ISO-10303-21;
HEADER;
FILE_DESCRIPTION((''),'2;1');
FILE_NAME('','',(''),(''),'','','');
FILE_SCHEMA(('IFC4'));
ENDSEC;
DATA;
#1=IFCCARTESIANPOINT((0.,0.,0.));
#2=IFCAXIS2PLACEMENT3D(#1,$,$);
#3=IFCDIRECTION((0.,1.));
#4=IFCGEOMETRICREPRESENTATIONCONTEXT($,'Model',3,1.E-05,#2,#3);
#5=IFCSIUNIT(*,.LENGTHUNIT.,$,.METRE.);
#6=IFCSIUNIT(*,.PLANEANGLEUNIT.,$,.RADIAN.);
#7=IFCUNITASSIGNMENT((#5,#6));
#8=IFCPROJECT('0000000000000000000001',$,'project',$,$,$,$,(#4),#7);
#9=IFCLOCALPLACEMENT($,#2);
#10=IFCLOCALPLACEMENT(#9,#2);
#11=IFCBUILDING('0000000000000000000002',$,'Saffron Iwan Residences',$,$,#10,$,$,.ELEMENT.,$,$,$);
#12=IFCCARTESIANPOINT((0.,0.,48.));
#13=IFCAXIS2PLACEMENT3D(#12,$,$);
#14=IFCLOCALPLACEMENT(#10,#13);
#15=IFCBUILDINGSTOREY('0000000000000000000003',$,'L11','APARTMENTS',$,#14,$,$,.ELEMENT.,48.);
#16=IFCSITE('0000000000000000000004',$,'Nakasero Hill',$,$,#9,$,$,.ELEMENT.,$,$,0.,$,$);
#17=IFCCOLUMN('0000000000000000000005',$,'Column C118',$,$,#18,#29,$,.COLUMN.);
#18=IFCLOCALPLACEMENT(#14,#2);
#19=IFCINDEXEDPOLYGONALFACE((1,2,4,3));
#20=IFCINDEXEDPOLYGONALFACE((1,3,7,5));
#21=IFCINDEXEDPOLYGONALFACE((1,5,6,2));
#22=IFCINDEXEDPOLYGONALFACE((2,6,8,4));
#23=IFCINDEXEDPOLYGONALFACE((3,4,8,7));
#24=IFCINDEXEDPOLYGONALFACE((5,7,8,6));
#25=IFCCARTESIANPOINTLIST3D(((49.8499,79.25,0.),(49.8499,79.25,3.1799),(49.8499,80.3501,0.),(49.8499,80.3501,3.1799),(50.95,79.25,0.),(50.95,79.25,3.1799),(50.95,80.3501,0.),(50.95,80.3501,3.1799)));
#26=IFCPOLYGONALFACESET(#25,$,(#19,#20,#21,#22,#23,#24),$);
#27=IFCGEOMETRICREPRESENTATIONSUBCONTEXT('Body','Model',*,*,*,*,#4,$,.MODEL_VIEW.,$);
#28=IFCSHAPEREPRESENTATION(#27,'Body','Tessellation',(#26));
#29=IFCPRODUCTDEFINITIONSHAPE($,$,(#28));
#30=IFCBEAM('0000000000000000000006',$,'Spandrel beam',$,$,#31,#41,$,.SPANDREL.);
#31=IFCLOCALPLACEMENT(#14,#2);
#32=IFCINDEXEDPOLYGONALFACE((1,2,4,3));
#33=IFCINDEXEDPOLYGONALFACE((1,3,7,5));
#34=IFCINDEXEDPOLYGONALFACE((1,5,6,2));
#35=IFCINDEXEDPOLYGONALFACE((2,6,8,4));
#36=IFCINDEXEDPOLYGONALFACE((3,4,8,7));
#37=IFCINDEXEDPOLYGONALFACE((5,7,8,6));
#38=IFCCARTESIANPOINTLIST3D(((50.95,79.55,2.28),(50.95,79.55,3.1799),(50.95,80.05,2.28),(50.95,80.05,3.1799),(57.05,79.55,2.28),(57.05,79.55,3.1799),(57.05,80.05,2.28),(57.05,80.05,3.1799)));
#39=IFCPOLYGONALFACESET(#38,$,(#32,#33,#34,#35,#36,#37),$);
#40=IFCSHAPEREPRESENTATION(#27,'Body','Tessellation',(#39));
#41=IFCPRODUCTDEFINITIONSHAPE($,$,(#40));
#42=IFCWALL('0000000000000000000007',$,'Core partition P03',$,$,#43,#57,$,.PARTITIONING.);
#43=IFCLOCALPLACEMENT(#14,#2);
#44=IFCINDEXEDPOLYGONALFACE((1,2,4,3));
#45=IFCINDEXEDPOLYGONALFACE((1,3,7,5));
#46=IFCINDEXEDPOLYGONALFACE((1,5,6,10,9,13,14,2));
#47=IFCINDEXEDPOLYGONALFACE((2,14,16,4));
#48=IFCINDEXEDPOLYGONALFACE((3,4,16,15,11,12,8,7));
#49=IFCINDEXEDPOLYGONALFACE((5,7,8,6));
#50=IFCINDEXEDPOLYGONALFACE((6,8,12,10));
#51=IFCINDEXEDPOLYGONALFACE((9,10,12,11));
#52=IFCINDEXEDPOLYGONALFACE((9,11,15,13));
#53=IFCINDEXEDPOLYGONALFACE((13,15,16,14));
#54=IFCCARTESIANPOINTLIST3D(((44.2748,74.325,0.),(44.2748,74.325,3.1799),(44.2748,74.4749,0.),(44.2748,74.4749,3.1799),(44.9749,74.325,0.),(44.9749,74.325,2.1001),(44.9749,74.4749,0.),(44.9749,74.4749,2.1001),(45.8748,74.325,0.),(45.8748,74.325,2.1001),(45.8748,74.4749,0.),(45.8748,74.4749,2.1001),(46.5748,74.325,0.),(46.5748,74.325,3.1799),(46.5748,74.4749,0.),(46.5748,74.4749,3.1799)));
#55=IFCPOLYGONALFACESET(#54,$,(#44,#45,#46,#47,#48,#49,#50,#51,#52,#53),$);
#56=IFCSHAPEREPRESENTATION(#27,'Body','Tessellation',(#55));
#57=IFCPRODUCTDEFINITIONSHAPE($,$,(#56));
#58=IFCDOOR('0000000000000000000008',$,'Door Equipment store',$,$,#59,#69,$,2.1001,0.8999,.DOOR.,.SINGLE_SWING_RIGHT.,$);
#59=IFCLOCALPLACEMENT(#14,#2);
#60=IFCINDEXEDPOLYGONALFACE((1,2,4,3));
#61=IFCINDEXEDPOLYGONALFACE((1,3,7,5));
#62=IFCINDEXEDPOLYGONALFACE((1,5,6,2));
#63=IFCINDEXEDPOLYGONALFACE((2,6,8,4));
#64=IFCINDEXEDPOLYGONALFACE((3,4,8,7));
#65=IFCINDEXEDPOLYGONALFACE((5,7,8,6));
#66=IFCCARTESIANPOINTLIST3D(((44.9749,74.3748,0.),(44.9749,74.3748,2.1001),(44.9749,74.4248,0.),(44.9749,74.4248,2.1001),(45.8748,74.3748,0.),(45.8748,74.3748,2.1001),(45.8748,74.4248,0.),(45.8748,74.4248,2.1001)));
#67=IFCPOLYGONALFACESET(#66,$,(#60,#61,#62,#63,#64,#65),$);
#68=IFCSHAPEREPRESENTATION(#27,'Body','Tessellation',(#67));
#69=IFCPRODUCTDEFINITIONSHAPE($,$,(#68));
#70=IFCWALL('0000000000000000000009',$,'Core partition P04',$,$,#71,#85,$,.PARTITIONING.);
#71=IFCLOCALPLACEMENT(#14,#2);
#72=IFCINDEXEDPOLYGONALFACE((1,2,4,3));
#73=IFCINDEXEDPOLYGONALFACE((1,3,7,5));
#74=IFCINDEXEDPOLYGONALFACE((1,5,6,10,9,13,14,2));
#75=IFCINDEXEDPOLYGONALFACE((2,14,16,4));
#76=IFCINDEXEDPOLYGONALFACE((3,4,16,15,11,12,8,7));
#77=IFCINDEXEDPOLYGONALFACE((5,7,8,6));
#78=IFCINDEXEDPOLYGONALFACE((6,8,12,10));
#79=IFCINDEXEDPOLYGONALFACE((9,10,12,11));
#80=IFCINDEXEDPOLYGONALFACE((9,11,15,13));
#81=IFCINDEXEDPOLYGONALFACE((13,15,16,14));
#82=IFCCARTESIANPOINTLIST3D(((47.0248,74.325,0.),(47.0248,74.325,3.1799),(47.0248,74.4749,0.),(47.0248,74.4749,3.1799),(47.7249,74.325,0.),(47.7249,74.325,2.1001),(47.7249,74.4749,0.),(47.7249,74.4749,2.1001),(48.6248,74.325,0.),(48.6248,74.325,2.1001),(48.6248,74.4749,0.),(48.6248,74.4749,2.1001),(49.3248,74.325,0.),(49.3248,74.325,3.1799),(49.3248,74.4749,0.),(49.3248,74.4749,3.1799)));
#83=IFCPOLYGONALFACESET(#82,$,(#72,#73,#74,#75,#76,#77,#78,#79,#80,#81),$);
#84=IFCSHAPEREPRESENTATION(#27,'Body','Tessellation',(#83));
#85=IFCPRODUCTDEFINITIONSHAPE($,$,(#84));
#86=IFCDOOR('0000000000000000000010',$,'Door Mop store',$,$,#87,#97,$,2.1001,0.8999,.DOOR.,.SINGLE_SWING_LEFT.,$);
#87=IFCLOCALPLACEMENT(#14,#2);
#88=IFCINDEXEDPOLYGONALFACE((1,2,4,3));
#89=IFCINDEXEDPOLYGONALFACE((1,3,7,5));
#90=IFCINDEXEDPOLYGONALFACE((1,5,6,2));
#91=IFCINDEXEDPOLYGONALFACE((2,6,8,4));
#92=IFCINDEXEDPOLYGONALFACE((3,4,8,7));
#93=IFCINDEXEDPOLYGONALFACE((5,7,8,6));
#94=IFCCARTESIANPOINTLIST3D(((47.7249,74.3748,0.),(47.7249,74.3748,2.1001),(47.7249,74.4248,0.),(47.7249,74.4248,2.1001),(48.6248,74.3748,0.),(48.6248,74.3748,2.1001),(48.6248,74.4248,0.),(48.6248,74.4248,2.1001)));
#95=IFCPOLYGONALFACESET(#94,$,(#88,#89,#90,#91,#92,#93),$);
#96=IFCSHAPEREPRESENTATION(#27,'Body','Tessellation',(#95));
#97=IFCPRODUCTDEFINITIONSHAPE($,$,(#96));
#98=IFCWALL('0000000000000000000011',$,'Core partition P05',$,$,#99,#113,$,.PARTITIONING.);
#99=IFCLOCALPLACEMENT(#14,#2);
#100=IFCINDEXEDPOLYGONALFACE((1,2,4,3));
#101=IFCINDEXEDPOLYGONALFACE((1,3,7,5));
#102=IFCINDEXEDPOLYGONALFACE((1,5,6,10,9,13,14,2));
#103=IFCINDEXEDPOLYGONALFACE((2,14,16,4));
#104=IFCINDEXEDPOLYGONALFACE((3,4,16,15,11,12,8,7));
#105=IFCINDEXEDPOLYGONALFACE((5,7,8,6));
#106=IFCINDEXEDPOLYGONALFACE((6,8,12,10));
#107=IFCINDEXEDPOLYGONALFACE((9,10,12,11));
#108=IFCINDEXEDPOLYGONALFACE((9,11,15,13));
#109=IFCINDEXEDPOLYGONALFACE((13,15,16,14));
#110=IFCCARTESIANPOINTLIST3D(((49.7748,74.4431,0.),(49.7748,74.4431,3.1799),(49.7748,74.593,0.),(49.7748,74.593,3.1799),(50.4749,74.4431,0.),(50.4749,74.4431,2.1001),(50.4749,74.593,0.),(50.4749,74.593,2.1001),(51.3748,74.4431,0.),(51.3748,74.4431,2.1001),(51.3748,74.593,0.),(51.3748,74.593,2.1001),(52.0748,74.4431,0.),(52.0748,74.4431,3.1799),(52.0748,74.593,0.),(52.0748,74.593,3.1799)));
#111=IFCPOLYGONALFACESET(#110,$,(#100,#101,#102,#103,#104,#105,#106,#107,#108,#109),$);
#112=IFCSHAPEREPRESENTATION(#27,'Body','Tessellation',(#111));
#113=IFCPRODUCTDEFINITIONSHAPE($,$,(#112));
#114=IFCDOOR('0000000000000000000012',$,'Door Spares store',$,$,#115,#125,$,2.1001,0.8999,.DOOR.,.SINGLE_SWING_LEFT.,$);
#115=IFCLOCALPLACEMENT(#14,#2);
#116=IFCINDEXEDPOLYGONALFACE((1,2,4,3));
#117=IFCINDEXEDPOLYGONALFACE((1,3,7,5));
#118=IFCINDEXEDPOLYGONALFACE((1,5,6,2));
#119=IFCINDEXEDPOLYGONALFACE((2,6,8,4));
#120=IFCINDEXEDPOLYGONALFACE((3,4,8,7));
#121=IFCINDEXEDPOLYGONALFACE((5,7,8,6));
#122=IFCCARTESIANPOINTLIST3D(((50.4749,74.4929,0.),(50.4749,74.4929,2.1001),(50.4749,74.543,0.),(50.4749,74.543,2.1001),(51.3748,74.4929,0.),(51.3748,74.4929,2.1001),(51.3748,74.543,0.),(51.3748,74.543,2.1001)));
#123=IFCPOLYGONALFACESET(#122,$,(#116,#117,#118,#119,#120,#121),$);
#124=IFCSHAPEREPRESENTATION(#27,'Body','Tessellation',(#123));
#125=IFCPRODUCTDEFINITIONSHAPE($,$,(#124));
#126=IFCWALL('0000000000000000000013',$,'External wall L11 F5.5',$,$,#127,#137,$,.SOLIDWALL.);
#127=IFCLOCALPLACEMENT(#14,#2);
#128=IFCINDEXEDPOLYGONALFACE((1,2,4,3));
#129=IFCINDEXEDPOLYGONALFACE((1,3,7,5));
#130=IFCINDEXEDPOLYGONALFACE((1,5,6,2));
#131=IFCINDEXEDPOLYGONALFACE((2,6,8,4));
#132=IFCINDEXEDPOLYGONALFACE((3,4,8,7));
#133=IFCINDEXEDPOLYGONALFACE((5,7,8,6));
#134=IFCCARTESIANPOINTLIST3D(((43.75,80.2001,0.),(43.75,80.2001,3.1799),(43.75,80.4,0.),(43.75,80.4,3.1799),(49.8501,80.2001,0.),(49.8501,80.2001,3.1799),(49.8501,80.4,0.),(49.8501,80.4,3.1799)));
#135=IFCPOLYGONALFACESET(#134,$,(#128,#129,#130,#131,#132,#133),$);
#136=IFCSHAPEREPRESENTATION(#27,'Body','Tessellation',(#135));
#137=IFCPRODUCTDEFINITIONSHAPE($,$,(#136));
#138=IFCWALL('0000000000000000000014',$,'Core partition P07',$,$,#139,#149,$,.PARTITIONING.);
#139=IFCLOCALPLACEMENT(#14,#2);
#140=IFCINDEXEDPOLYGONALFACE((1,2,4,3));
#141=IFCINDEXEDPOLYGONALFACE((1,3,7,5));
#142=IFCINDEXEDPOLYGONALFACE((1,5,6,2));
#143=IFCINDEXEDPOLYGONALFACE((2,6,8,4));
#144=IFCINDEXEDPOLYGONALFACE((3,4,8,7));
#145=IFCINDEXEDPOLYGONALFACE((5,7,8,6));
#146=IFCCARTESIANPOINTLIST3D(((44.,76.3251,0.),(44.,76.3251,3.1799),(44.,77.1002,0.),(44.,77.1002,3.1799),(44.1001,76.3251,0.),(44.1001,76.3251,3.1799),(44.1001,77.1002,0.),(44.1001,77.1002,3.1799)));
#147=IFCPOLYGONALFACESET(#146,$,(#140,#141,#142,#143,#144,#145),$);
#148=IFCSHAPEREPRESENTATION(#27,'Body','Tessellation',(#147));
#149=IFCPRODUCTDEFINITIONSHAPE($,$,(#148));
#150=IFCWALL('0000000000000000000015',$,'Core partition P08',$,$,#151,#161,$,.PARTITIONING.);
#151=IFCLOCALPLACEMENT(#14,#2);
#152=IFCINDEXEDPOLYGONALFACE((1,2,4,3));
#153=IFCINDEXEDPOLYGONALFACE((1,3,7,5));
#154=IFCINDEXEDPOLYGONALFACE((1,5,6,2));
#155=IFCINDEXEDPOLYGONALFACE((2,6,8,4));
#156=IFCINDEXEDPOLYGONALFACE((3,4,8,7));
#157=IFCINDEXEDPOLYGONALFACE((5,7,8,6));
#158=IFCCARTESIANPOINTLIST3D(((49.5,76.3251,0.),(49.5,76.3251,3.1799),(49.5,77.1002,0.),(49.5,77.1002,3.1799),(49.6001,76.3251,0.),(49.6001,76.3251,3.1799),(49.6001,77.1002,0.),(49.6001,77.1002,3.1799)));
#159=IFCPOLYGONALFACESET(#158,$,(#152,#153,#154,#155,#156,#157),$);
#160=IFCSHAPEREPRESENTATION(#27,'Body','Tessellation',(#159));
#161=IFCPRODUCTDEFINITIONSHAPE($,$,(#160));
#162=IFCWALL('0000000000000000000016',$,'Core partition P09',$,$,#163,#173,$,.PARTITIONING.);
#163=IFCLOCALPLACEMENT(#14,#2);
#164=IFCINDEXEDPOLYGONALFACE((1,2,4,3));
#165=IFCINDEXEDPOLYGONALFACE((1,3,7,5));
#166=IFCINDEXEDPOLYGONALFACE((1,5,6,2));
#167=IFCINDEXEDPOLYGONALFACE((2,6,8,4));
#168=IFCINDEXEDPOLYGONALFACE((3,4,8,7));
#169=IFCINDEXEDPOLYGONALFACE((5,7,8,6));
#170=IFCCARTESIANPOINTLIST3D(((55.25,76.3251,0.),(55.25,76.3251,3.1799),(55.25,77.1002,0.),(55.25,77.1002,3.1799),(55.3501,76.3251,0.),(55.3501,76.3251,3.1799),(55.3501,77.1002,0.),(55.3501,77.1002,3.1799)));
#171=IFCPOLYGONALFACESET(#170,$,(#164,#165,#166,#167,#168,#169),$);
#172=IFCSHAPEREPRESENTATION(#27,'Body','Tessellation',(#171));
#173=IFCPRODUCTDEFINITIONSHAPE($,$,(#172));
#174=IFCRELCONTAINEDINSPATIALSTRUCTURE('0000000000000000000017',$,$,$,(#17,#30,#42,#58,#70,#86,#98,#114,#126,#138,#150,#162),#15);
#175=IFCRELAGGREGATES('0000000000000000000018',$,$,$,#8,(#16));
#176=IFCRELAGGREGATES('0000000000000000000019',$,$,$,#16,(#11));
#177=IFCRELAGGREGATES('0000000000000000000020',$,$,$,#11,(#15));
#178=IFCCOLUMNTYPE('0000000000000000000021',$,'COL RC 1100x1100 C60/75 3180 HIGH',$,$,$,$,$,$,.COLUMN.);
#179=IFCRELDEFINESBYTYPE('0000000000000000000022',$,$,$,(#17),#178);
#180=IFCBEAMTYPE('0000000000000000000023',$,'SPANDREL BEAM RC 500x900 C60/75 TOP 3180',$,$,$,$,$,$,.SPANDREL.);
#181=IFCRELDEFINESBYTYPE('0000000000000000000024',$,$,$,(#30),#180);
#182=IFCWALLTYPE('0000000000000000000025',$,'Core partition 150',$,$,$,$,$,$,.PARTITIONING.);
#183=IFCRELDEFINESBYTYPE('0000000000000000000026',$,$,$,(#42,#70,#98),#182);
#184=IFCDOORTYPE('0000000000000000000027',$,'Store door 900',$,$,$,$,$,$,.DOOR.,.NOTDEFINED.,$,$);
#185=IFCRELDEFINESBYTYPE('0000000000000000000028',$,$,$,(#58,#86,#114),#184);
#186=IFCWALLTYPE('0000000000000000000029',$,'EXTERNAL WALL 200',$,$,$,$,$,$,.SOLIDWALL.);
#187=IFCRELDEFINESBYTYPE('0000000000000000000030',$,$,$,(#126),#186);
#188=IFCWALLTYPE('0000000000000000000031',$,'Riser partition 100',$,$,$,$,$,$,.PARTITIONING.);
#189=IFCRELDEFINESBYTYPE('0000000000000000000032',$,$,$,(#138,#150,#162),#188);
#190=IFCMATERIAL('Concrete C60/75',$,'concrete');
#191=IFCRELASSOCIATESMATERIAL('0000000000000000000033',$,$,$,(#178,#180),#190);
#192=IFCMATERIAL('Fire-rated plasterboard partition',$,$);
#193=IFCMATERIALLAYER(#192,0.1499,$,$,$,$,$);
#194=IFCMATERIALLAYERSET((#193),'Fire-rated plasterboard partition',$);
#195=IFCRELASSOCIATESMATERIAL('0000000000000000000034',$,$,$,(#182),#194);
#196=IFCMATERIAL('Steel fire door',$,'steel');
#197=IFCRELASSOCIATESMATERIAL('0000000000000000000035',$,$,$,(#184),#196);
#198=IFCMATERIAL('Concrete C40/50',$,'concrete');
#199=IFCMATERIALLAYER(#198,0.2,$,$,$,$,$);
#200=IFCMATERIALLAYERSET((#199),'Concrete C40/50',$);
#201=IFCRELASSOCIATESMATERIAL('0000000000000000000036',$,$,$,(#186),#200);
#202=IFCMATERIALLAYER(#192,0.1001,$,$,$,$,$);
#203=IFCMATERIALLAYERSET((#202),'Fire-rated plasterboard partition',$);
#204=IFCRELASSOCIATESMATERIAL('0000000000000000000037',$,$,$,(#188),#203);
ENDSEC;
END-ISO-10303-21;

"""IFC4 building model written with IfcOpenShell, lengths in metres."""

from ifc_helpers import new_model, si_unit, direction, frame, frame_2d, origin, origin_2d, place, context, subcontext, project, spatial, rectangle, extrude, source, transform, mapped, material, layer, layer_set, material_profile, profile_set, type_object, element, fill, save


model = new_model("IFC4")

# Units and contexts
model_context = context("Model", 3, precision=1e-05, world=origin(), true_north=direction((0.0, 1.0)))
body_context = subcontext(model_context, "Body", "Model", "MODEL_VIEW")
ifc_project = project(units=[si_unit("LENGTHUNIT", "METRE"), si_unit("PLANEANGLEUNIT", "RADIAN")], contexts=[model_context])

# Site, building, storey
site_placement = place(None, origin())
site = spatial("IfcSite", under=ifc_project, at=site_placement, Name="Nakasero Hill", CompositionType="ELEMENT", RefElevation=0.0)
building_placement = place(site_placement, origin())
building = spatial("IfcBuilding", under=site, at=building_placement, Name="Saffron Iwan Residences", CompositionType="ELEMENT")
storey_placement = place(building_placement, frame((0.0, 0.0, 48.0)))
storey = spatial("IfcBuildingStorey", under=building, at=storey_placement, Name="L11", Description="APARTMENTS", CompositionType="ELEMENT", Elevation=48.0)

# Column
ifc_material_1 = material(Name="Concrete C60/75", Category="concrete")
ifc_material_profile_1 = material_profile(ifc_material_1, rectangle(XDim=1.1001, YDim=1.1001, at=origin_2d()), Name="RC 1100x1100")
ifc_profile_set_1 = profile_set([ifc_material_profile_1], Name="Concrete C60/75")
column_type = type_object("IfcColumnType", Name="COL RC 1100x1100 C60/75 3180 HIGH", PredefinedType="COLUMN", material=ifc_profile_set_1)
shared_shape_1 = source(origin(), body_context, "Body", "SweptSolid", [
    extrude(rectangle(XDim=1.1001, YDim=1.1001, at=origin_2d()), origin(), (0.0, 0.0, 1.0), 3.1799),
])
column_placement = place(storey_placement, frame((50.3999, 79.8, 0.0), z_axis=(0.0, 0.0, 1.0), x_axis=(1.0, 0.0, 0.0)))
element("IfcColumn", 1, at=column_placement, inside=storey, type_object=column_type, Name="Column C118", PredefinedType="COLUMN", context=body_context, shape_type="MappedRepresentation", body=[
    mapped(shared_shape_1, transform((0.0, 0.0, 0.0))),
])

# Beam
ifc_material_profile_2 = material_profile(ifc_material_1, rectangle(XDim=0.5, YDim=0.8999, at=origin_2d()), Name="RC 500x900")
ifc_profile_set_2 = profile_set([ifc_material_profile_2], Name="Concrete C60/75")
beam_type = type_object("IfcBeamType", Name="SPANDREL BEAM RC 500x900 C60/75 TOP 3180", PredefinedType="SPANDREL", material=ifc_profile_set_2)
shared_shape_2 = source(origin(), body_context, "Body", "SweptSolid", [
    extrude(rectangle(XDim=0.5, YDim=0.8999, at=origin_2d()), origin(), (0.0, 0.0, 1.0), 6.1001),
])
beam_placement = place(storey_placement, frame((50.95, 79.8, 2.73), z_axis=(1.0, 0.0, 0.0), x_axis=(0.0, 1.0, 0.0)))
element("IfcBeam", 2, at=beam_placement, inside=storey, type_object=beam_type, Name="Spandrel beam", PredefinedType="SPANDREL", context=body_context, shape_type="MappedRepresentation", body=[
    mapped(shared_shape_2, transform((0.0, 0.0, 0.0))),
])

# Walls, openings, doors
ifc_material_2 = material(Name="Fire-rated plasterboard partition")
ifc_layer_1 = layer(ifc_material_2, 0.1499)
ifc_layer_set_1 = layer_set([ifc_layer_1], Name="Fire-rated plasterboard partition")
wall_type_1 = type_object("IfcWallType", Name="Core partition 150", PredefinedType="PARTITIONING", material=ifc_layer_set_1)
wall_1_placement = place(storey_placement, frame((44.2749, 74.3999, 0.0), z_axis=(0.0, 0.0, 1.0), x_axis=(1.0, 0.0, 0.0)))
wall_1 = element("IfcWall", 3, at=wall_1_placement, inside=storey, type_object=wall_type_1, Name="Core partition P03", PredefinedType="PARTITIONING", context=body_context, shape_type="SweptSolid", body=[
    extrude(rectangle(XDim=2.3, YDim=0.1499, at=frame_2d((1.1499, 0.0))), origin(), (0.0, 0.0, 1.0), 3.1799),
])
opening_1_placement = place(wall_1_placement, frame((0.7, 0.0, 0.0)))
opening_1 = element("IfcOpeningElement", 4, at=opening_1_placement, cuts=wall_1, PredefinedType="OPENING", context=body_context, shape_type="SweptSolid", body=[
    extrude(rectangle(XDim=0.8999, YDim=2.1001, at=frame_2d((0.45, 1.05))), frame((0.0, 0.085, 0.0), z_axis=(0.0, -1.0, 0.0), x_axis=(1.0, 0.0, 0.0)), (0.0, 0.0, 1.0), 0.1699),
])
ifc_material_3 = material(Name="Steel fire door", Category="steel")
door_type = type_object("IfcDoorType", Name="Store door 900", OperationType="NOTDEFINED", PredefinedType="DOOR", material=ifc_material_3)
door_1_placement = place(opening_1_placement, origin())
door_1 = element("IfcDoor", 5, at=door_1_placement, inside=storey, type_object=door_type, Name="Door Equipment store", OperationType="SINGLE_SWING_RIGHT", OverallHeight=2.1001, OverallWidth=0.8999, PredefinedType="DOOR", context=body_context, shape_type="SweptSolid", body=[
    extrude(rectangle(XDim=0.8999, YDim=2.1001, at=frame_2d((0.45, 1.05))), frame((0.0, 0.0249, 0.0), z_axis=(0.0, -1.0, 0.0), x_axis=(1.0, 0.0, 0.0)), (0.0, 0.0, 1.0), 0.05),
])
fill(opening_1, door_1)
wall_2_placement = place(storey_placement, frame((47.0249, 74.3999, 0.0), z_axis=(0.0, 0.0, 1.0), x_axis=(1.0, 0.0, 0.0)))
wall_2 = element("IfcWall", 6, at=wall_2_placement, inside=storey, type_object=wall_type_1, Name="Core partition P04", PredefinedType="PARTITIONING", context=body_context, shape_type="SweptSolid", body=[
    extrude(rectangle(XDim=2.3, YDim=0.1499, at=frame_2d((1.1499, 0.0))), origin(), (0.0, 0.0, 1.0), 3.1799),
])
opening_2_placement = place(wall_2_placement, frame((0.7, 0.0, 0.0)))
opening_2 = element("IfcOpeningElement", 7, at=opening_2_placement, cuts=wall_2, PredefinedType="OPENING", context=body_context, shape_type="SweptSolid", body=[
    extrude(rectangle(XDim=0.8999, YDim=2.1001, at=frame_2d((0.45, 1.05))), frame((0.0, 0.085, 0.0), z_axis=(0.0, -1.0, 0.0), x_axis=(1.0, 0.0, 0.0)), (0.0, 0.0, 1.0), 0.1699),
])
door_2_placement = place(opening_2_placement, origin())
door_2 = element("IfcDoor", 8, at=door_2_placement, inside=storey, type_object=door_type, Name="Door Mop store", OperationType="SINGLE_SWING_LEFT", OverallHeight=2.1001, OverallWidth=0.8999, PredefinedType="DOOR", context=body_context, shape_type="SweptSolid", body=[
    extrude(rectangle(XDim=0.8999, YDim=2.1001, at=frame_2d((0.45, 1.05))), frame((0.0, 0.0249, 0.0), z_axis=(0.0, -1.0, 0.0), x_axis=(1.0, 0.0, 0.0)), (0.0, 0.0, 1.0), 0.05),
])
fill(opening_2, door_2)
wall_3_placement = place(storey_placement, frame((49.7749, 74.5181, 0.0), z_axis=(0.0, 0.0, 1.0), x_axis=(1.0, 0.0, 0.0)))
wall_3 = element("IfcWall", 9, at=wall_3_placement, inside=storey, type_object=wall_type_1, Name="Core partition P05", PredefinedType="PARTITIONING", context=body_context, shape_type="SweptSolid", body=[
    extrude(rectangle(XDim=2.3, YDim=0.1499, at=frame_2d((1.1499, 0.0))), origin(), (0.0, 0.0, 1.0), 3.1799),
])
opening_3_placement = place(wall_3_placement, frame((0.7, 0.0, 0.0)))
opening_3 = element("IfcOpeningElement", 10, at=opening_3_placement, cuts=wall_3, PredefinedType="OPENING", context=body_context, shape_type="SweptSolid", body=[
    extrude(rectangle(XDim=0.8999, YDim=2.1001, at=frame_2d((0.45, 1.05))), frame((0.0, 0.085, 0.0), z_axis=(0.0, -1.0, 0.0), x_axis=(1.0, 0.0, 0.0)), (0.0, 0.0, 1.0), 0.1699),
])
door_3_placement = place(opening_3_placement, origin())
door_3 = element("IfcDoor", 11, at=door_3_placement, inside=storey, type_object=door_type, Name="Door Spares store", OperationType="SINGLE_SWING_LEFT", OverallHeight=2.1001, OverallWidth=0.8999, PredefinedType="DOOR", context=body_context, shape_type="SweptSolid", body=[
    extrude(rectangle(XDim=0.8999, YDim=2.1001, at=frame_2d((0.45, 1.05))), frame((0.0, 0.0249, 0.0), z_axis=(0.0, -1.0, 0.0), x_axis=(1.0, 0.0, 0.0)), (0.0, 0.0, 1.0), 0.05),
])
fill(opening_3, door_3)

# Walls
ifc_material_4 = material(Name="Concrete C40/50", Category="concrete")
ifc_layer_2 = layer(ifc_material_4, 0.2)
ifc_layer_set_2 = layer_set([ifc_layer_2], Name="Concrete C40/50")
wall_type_2 = type_object("IfcWallType", Name="EXTERNAL WALL 200", PredefinedType="SOLIDWALL", material=ifc_layer_set_2)
wall_4_placement = place(storey_placement, frame((49.8501, 80.3, 0.0), z_axis=(0.0, 0.0, 1.0), x_axis=(-1.0, 0.0, 0.0)))
element("IfcWall", 12, at=wall_4_placement, inside=storey, type_object=wall_type_2, Name="External wall L11 F5.5", PredefinedType="SOLIDWALL", context=body_context, shape_type="SweptSolid", body=[
    extrude(rectangle(XDim=6.1001, YDim=0.2, at=frame_2d((3.05, 0.0))), origin(), (0.0, 0.0, 1.0), 3.1799),
])
ifc_layer_3 = layer(ifc_material_2, 0.1001)
ifc_layer_set_3 = layer_set([ifc_layer_3], Name="Fire-rated plasterboard partition")
wall_type_3 = type_object("IfcWallType", Name="Riser partition 100", PredefinedType="PARTITIONING", material=ifc_layer_set_3)
for number, where, z_axis, x_axis, name in (
    (13, (44.05, 76.325, 0.0), (0.0, 0.0, 1.0), (0.0, 1.0, 0.0), "Core partition P07"),
    (14, (49.55, 76.325, 0.0), (0.0, 0.0, 1.0), (0.0, 1.0, 0.0), "Core partition P08"),
    (15, (55.3, 76.325, 0.0), (0.0, 0.0, 1.0), (0.0, 1.0, 0.0), "Core partition P09"),
):
    element("IfcWall", number, at=place(storey_placement, frame(where, z_axis=z_axis, x_axis=x_axis)), inside=storey, type_object=wall_type_3, Name=name, PredefinedType="PARTITIONING", context=body_context, shape_type="SweptSolid", body=[
        extrude(rectangle(XDim=0.7751, YDim=0.1001, at=frame_2d((0.3877, 0.0))), origin(), (0.0, 0.0, 1.0), 3.1799),
    ])

save(model, "model.ifc")
